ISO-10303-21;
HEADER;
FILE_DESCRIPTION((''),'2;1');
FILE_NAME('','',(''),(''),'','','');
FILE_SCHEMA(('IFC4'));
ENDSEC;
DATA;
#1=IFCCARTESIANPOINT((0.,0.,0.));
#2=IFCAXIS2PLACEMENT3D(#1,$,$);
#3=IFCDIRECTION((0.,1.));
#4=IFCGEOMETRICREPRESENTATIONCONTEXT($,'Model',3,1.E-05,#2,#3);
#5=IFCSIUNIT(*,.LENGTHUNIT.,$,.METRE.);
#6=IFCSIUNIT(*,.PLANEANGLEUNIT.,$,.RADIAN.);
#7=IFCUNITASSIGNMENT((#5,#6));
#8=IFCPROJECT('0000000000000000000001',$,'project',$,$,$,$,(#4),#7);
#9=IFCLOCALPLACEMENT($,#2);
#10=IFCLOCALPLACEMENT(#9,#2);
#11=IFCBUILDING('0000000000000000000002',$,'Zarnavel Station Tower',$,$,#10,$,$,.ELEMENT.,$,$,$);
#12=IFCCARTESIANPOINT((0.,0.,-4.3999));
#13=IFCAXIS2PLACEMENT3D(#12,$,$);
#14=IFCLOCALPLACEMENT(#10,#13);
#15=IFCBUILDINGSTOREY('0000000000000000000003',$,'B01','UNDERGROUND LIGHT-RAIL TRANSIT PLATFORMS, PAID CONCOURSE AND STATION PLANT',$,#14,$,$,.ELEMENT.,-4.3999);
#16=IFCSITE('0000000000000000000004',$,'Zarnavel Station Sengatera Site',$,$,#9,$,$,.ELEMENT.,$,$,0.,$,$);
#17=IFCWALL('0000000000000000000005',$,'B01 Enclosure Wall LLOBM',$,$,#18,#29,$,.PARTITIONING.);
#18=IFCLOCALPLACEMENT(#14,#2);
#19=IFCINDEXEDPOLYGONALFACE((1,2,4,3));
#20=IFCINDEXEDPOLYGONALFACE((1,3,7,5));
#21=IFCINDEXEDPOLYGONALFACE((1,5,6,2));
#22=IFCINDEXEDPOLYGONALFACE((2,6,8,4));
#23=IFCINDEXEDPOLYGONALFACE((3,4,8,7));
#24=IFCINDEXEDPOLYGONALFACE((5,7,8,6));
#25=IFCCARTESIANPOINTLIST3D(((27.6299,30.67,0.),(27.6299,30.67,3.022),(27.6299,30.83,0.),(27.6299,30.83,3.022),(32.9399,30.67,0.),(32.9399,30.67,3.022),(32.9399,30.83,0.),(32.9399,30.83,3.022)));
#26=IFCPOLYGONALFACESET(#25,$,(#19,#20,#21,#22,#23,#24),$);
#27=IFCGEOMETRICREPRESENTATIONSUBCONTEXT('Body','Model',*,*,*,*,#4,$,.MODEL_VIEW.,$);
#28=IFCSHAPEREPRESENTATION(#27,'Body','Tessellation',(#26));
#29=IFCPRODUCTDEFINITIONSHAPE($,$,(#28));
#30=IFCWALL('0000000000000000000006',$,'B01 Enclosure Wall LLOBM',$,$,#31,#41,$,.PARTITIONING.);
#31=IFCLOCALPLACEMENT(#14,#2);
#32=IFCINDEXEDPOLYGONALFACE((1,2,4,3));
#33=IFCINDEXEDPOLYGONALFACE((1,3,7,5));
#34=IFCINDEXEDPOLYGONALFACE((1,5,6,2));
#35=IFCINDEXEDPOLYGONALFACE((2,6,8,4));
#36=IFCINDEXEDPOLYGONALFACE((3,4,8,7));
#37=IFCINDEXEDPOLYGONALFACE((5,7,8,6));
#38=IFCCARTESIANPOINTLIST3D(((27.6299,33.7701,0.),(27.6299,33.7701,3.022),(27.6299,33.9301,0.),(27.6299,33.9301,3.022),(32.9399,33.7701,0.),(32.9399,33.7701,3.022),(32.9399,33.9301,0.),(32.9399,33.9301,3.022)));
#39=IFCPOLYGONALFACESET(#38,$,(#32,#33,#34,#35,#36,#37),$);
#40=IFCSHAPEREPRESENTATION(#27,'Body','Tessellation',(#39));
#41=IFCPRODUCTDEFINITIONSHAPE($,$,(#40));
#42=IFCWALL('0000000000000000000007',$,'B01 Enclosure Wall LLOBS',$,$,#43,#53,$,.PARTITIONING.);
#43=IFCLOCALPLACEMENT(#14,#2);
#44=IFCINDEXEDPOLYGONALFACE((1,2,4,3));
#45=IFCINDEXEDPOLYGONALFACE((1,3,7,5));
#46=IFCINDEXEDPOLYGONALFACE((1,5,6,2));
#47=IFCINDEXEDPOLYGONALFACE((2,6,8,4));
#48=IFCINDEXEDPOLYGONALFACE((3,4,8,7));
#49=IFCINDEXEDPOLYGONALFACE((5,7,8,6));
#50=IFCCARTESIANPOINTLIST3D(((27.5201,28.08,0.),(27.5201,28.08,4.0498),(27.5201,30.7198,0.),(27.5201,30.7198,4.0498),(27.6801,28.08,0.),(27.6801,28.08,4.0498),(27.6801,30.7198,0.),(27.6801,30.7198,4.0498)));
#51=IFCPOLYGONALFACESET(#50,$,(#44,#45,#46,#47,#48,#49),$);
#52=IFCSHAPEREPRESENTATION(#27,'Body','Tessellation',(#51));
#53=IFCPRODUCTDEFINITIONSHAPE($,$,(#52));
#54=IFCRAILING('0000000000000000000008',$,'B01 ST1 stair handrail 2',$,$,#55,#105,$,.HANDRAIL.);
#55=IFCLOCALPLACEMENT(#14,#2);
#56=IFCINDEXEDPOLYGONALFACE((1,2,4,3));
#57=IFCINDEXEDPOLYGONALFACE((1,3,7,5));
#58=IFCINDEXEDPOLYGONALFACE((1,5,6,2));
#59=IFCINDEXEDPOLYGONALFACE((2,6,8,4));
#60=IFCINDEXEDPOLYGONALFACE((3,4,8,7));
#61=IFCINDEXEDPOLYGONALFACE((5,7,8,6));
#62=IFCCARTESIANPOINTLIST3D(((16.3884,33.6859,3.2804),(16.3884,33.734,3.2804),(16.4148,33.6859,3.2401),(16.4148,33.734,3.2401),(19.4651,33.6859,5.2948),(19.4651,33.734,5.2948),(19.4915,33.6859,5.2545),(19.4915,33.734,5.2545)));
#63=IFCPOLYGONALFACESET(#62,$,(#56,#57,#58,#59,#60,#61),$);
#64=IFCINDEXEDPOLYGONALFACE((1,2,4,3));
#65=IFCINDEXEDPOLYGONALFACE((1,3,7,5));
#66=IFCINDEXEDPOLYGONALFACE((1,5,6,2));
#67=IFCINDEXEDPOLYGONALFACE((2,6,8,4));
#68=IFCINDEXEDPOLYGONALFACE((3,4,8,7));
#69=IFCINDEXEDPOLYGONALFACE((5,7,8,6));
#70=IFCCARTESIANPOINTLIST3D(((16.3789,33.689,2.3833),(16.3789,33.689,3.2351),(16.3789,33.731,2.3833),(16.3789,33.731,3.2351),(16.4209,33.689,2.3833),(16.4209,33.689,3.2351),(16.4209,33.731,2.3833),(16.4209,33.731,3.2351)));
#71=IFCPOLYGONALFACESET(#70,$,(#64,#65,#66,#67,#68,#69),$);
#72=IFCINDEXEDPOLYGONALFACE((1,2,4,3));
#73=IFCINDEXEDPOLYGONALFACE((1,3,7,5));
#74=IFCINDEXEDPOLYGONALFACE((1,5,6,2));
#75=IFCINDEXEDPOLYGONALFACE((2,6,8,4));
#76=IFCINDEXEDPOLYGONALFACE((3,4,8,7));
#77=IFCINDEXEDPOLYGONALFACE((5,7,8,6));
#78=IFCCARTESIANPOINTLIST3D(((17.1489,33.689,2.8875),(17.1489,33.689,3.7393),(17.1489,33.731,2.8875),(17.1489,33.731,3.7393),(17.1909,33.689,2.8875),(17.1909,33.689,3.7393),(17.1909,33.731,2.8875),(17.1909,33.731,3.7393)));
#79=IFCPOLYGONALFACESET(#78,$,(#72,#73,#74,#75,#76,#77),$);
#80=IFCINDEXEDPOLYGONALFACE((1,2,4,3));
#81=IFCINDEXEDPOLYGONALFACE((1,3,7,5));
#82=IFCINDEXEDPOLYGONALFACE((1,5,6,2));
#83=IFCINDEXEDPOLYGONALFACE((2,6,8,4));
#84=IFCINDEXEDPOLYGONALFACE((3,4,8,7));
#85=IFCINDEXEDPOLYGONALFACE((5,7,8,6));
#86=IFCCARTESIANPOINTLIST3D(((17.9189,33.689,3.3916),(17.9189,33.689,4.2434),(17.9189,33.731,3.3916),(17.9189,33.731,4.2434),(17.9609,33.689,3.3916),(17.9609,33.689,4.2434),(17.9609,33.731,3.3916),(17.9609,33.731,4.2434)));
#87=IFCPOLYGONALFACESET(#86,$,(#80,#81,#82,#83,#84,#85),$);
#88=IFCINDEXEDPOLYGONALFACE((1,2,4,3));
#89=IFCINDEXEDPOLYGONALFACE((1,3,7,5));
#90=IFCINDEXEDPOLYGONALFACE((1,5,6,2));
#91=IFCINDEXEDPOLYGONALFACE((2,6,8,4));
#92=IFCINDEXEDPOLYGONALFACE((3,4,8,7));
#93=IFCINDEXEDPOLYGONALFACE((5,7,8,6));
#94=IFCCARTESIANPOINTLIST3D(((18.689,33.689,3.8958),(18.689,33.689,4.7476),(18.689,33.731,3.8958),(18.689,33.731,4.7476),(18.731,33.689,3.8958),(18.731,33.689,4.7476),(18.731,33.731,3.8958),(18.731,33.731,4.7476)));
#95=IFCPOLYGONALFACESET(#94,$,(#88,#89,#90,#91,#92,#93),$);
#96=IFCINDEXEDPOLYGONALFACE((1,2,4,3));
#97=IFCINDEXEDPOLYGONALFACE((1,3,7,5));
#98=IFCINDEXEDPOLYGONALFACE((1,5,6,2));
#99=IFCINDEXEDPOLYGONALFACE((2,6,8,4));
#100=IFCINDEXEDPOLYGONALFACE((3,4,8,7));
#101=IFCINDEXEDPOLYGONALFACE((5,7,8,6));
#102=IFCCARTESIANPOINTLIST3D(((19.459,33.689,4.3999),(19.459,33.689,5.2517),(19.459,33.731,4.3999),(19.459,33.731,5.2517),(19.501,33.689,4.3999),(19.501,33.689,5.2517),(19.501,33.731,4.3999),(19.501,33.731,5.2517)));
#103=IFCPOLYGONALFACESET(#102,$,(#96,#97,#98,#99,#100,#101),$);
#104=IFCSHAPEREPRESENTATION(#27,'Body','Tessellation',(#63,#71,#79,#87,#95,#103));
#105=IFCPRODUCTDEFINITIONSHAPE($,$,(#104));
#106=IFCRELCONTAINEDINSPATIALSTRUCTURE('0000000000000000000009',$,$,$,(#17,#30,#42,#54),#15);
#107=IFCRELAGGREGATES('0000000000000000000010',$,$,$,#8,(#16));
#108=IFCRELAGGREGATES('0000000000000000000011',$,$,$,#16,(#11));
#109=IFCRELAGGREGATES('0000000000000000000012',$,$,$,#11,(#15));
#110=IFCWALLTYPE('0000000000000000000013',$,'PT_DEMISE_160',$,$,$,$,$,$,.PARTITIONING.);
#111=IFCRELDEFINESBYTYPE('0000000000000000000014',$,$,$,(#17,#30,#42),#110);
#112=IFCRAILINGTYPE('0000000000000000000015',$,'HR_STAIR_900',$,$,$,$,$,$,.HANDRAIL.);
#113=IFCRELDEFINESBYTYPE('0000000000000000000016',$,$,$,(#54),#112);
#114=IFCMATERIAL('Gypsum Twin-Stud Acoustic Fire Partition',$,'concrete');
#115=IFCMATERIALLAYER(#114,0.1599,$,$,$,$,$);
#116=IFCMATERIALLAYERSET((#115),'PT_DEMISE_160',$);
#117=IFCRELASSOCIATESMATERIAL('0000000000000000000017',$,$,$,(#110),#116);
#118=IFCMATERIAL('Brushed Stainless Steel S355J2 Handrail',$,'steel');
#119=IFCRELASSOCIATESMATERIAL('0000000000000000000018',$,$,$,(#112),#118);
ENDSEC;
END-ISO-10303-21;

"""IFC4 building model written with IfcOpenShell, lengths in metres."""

from ifc_helpers import new_model, si_unit, direction, frame, frame_2d, origin, origin_2d, place, context, subcontext, project, spatial, rectangle, extrude, material, layer, layer_set, type_object, element, save


model = new_model("IFC4")

# Units and contexts
model_context = context("Model", 3, precision=1e-05, world=origin(), true_north=direction((0.0, 1.0)))
body_context = subcontext(model_context, "Body", "Model", "MODEL_VIEW")
ifc_project = project(units=[si_unit("LENGTHUNIT", "METRE"), si_unit("PLANEANGLEUNIT", "RADIAN")], contexts=[model_context])

# Site, building, storey
site_placement = place(None, origin())
site = spatial("IfcSite", under=ifc_project, at=site_placement, Name="Zarnavel Station Sengatera Site", CompositionType="ELEMENT", RefElevation=0.0)
building_placement = place(site_placement, origin())
building = spatial("IfcBuilding", under=site, at=building_placement, Name="Zarnavel Station Tower", CompositionType="ELEMENT")
storey_placement = place(building_placement, frame((0.0, 0.0, -4.3999)))
storey = spatial("IfcBuildingStorey", under=building, at=storey_placement, Name="B01", Description="UNDERGROUND LIGHT-RAIL TRANSIT PLATFORMS, PAID CONCOURSE AND STATION PLANT", CompositionType="ELEMENT", Elevation=-4.3999)

# Walls
ifc_material_1 = material(Name="Gypsum Twin-Stud Acoustic Fire Partition", Category="concrete")
ifc_layer_1 = layer(ifc_material_1, 0.1599)
ifc_layer_set_1 = layer_set([ifc_layer_1], Name="PT_DEMISE_160")
wall_type_1 = type_object("IfcWallType", Name="PT_DEMISE_160", PredefinedType="PARTITIONING", material=ifc_layer_set_1)
for number, where, z_axis, x_axis, name in (
    (1, (27.6299, 30.75, 0.0), (0.0, 0.0, 1.0), (1.0, 0.0, 0.0), "B01 Enclosure Wall LLOBM"),
    (2, (27.6299, 33.8501, 0.0), (0.0, 0.0, 1.0), (1.0, 0.0, 0.0), "B01 Enclosure Wall LLOBM"),
):
    element("IfcWall", number, at=place(storey_placement, frame(where, z_axis=z_axis, x_axis=x_axis)), inside=storey, type_object=wall_type_1, Name=name, PredefinedType="PARTITIONING", context=body_context, shape_type="SweptSolid", body=[
        extrude(rectangle(XDim=5.3101, YDim=0.1599, at=frame_2d((2.655, 0.0))), origin(), (0.0, 0.0, 1.0), 3.022),
    ])
wall_1_placement = place(storey_placement, frame((27.6001, 28.0801, 0.0), z_axis=(0.0, 0.0, 1.0), x_axis=(0.0, 1.0, 0.0)))
element("IfcWall", 3, at=wall_1_placement, inside=storey, type_object=wall_type_1, Name="B01 Enclosure Wall LLOBS", PredefinedType="PARTITIONING", context=body_context, shape_type="SweptSolid", body=[
    extrude(rectangle(XDim=2.6399, YDim=0.1599, at=frame_2d((1.3198, 0.0))), origin(), (0.0, 0.0, 1.0), 4.0498),
])

# Railing
ifc_material_2 = material(Name="Brushed Stainless Steel S355J2 Handrail", Category="steel")
railing_type = type_object("IfcRailingType", Name="HR_STAIR_900", PredefinedType="HANDRAIL", material=ifc_material_2)
railing_placement = place(storey_placement, frame((16.3999, 33.71, 2.3833)))
element("IfcRailing", 4, at=railing_placement, inside=storey, type_object=railing_type, Name="B01 ST1 stair handrail 2", PredefinedType="HANDRAIL", context=body_context, shape_type="SweptSolid", body=[
    extrude(rectangle(XDim=0.0481, YDim=0.0481, at=origin_2d()), frame((0.0017, 0.0, 0.877), z_axis=(0.836633, 0.0, 0.547764), x_axis=(0.0, 1.0, 0.0)), (0.0, 0.0, 1.0), 3.6775),
    extrude(rectangle(XDim=0.042, YDim=0.042, at=origin_2d()), origin(), (0.0, 0.0, 1.0), 0.8518),
    extrude(rectangle(XDim=0.042, YDim=0.042, at=origin_2d()), frame((0.77, 0.0, 0.5042)), (0.0, 0.0, 1.0), 0.8518),
    extrude(rectangle(XDim=0.042, YDim=0.042, at=origin_2d()), frame((1.54, 0.0, 1.0083)), (0.0, 0.0, 1.0), 0.8518),
    extrude(rectangle(XDim=0.042, YDim=0.042, at=origin_2d()), frame((2.3101, 0.0, 1.5125)), (0.0, 0.0, 1.0), 0.8518),
    extrude(rectangle(XDim=0.042, YDim=0.042, at=origin_2d()), frame((3.0801, 0.0, 2.0166)), (0.0, 0.0, 1.0), 0.8518),
])

save(model, "model.ifc")
